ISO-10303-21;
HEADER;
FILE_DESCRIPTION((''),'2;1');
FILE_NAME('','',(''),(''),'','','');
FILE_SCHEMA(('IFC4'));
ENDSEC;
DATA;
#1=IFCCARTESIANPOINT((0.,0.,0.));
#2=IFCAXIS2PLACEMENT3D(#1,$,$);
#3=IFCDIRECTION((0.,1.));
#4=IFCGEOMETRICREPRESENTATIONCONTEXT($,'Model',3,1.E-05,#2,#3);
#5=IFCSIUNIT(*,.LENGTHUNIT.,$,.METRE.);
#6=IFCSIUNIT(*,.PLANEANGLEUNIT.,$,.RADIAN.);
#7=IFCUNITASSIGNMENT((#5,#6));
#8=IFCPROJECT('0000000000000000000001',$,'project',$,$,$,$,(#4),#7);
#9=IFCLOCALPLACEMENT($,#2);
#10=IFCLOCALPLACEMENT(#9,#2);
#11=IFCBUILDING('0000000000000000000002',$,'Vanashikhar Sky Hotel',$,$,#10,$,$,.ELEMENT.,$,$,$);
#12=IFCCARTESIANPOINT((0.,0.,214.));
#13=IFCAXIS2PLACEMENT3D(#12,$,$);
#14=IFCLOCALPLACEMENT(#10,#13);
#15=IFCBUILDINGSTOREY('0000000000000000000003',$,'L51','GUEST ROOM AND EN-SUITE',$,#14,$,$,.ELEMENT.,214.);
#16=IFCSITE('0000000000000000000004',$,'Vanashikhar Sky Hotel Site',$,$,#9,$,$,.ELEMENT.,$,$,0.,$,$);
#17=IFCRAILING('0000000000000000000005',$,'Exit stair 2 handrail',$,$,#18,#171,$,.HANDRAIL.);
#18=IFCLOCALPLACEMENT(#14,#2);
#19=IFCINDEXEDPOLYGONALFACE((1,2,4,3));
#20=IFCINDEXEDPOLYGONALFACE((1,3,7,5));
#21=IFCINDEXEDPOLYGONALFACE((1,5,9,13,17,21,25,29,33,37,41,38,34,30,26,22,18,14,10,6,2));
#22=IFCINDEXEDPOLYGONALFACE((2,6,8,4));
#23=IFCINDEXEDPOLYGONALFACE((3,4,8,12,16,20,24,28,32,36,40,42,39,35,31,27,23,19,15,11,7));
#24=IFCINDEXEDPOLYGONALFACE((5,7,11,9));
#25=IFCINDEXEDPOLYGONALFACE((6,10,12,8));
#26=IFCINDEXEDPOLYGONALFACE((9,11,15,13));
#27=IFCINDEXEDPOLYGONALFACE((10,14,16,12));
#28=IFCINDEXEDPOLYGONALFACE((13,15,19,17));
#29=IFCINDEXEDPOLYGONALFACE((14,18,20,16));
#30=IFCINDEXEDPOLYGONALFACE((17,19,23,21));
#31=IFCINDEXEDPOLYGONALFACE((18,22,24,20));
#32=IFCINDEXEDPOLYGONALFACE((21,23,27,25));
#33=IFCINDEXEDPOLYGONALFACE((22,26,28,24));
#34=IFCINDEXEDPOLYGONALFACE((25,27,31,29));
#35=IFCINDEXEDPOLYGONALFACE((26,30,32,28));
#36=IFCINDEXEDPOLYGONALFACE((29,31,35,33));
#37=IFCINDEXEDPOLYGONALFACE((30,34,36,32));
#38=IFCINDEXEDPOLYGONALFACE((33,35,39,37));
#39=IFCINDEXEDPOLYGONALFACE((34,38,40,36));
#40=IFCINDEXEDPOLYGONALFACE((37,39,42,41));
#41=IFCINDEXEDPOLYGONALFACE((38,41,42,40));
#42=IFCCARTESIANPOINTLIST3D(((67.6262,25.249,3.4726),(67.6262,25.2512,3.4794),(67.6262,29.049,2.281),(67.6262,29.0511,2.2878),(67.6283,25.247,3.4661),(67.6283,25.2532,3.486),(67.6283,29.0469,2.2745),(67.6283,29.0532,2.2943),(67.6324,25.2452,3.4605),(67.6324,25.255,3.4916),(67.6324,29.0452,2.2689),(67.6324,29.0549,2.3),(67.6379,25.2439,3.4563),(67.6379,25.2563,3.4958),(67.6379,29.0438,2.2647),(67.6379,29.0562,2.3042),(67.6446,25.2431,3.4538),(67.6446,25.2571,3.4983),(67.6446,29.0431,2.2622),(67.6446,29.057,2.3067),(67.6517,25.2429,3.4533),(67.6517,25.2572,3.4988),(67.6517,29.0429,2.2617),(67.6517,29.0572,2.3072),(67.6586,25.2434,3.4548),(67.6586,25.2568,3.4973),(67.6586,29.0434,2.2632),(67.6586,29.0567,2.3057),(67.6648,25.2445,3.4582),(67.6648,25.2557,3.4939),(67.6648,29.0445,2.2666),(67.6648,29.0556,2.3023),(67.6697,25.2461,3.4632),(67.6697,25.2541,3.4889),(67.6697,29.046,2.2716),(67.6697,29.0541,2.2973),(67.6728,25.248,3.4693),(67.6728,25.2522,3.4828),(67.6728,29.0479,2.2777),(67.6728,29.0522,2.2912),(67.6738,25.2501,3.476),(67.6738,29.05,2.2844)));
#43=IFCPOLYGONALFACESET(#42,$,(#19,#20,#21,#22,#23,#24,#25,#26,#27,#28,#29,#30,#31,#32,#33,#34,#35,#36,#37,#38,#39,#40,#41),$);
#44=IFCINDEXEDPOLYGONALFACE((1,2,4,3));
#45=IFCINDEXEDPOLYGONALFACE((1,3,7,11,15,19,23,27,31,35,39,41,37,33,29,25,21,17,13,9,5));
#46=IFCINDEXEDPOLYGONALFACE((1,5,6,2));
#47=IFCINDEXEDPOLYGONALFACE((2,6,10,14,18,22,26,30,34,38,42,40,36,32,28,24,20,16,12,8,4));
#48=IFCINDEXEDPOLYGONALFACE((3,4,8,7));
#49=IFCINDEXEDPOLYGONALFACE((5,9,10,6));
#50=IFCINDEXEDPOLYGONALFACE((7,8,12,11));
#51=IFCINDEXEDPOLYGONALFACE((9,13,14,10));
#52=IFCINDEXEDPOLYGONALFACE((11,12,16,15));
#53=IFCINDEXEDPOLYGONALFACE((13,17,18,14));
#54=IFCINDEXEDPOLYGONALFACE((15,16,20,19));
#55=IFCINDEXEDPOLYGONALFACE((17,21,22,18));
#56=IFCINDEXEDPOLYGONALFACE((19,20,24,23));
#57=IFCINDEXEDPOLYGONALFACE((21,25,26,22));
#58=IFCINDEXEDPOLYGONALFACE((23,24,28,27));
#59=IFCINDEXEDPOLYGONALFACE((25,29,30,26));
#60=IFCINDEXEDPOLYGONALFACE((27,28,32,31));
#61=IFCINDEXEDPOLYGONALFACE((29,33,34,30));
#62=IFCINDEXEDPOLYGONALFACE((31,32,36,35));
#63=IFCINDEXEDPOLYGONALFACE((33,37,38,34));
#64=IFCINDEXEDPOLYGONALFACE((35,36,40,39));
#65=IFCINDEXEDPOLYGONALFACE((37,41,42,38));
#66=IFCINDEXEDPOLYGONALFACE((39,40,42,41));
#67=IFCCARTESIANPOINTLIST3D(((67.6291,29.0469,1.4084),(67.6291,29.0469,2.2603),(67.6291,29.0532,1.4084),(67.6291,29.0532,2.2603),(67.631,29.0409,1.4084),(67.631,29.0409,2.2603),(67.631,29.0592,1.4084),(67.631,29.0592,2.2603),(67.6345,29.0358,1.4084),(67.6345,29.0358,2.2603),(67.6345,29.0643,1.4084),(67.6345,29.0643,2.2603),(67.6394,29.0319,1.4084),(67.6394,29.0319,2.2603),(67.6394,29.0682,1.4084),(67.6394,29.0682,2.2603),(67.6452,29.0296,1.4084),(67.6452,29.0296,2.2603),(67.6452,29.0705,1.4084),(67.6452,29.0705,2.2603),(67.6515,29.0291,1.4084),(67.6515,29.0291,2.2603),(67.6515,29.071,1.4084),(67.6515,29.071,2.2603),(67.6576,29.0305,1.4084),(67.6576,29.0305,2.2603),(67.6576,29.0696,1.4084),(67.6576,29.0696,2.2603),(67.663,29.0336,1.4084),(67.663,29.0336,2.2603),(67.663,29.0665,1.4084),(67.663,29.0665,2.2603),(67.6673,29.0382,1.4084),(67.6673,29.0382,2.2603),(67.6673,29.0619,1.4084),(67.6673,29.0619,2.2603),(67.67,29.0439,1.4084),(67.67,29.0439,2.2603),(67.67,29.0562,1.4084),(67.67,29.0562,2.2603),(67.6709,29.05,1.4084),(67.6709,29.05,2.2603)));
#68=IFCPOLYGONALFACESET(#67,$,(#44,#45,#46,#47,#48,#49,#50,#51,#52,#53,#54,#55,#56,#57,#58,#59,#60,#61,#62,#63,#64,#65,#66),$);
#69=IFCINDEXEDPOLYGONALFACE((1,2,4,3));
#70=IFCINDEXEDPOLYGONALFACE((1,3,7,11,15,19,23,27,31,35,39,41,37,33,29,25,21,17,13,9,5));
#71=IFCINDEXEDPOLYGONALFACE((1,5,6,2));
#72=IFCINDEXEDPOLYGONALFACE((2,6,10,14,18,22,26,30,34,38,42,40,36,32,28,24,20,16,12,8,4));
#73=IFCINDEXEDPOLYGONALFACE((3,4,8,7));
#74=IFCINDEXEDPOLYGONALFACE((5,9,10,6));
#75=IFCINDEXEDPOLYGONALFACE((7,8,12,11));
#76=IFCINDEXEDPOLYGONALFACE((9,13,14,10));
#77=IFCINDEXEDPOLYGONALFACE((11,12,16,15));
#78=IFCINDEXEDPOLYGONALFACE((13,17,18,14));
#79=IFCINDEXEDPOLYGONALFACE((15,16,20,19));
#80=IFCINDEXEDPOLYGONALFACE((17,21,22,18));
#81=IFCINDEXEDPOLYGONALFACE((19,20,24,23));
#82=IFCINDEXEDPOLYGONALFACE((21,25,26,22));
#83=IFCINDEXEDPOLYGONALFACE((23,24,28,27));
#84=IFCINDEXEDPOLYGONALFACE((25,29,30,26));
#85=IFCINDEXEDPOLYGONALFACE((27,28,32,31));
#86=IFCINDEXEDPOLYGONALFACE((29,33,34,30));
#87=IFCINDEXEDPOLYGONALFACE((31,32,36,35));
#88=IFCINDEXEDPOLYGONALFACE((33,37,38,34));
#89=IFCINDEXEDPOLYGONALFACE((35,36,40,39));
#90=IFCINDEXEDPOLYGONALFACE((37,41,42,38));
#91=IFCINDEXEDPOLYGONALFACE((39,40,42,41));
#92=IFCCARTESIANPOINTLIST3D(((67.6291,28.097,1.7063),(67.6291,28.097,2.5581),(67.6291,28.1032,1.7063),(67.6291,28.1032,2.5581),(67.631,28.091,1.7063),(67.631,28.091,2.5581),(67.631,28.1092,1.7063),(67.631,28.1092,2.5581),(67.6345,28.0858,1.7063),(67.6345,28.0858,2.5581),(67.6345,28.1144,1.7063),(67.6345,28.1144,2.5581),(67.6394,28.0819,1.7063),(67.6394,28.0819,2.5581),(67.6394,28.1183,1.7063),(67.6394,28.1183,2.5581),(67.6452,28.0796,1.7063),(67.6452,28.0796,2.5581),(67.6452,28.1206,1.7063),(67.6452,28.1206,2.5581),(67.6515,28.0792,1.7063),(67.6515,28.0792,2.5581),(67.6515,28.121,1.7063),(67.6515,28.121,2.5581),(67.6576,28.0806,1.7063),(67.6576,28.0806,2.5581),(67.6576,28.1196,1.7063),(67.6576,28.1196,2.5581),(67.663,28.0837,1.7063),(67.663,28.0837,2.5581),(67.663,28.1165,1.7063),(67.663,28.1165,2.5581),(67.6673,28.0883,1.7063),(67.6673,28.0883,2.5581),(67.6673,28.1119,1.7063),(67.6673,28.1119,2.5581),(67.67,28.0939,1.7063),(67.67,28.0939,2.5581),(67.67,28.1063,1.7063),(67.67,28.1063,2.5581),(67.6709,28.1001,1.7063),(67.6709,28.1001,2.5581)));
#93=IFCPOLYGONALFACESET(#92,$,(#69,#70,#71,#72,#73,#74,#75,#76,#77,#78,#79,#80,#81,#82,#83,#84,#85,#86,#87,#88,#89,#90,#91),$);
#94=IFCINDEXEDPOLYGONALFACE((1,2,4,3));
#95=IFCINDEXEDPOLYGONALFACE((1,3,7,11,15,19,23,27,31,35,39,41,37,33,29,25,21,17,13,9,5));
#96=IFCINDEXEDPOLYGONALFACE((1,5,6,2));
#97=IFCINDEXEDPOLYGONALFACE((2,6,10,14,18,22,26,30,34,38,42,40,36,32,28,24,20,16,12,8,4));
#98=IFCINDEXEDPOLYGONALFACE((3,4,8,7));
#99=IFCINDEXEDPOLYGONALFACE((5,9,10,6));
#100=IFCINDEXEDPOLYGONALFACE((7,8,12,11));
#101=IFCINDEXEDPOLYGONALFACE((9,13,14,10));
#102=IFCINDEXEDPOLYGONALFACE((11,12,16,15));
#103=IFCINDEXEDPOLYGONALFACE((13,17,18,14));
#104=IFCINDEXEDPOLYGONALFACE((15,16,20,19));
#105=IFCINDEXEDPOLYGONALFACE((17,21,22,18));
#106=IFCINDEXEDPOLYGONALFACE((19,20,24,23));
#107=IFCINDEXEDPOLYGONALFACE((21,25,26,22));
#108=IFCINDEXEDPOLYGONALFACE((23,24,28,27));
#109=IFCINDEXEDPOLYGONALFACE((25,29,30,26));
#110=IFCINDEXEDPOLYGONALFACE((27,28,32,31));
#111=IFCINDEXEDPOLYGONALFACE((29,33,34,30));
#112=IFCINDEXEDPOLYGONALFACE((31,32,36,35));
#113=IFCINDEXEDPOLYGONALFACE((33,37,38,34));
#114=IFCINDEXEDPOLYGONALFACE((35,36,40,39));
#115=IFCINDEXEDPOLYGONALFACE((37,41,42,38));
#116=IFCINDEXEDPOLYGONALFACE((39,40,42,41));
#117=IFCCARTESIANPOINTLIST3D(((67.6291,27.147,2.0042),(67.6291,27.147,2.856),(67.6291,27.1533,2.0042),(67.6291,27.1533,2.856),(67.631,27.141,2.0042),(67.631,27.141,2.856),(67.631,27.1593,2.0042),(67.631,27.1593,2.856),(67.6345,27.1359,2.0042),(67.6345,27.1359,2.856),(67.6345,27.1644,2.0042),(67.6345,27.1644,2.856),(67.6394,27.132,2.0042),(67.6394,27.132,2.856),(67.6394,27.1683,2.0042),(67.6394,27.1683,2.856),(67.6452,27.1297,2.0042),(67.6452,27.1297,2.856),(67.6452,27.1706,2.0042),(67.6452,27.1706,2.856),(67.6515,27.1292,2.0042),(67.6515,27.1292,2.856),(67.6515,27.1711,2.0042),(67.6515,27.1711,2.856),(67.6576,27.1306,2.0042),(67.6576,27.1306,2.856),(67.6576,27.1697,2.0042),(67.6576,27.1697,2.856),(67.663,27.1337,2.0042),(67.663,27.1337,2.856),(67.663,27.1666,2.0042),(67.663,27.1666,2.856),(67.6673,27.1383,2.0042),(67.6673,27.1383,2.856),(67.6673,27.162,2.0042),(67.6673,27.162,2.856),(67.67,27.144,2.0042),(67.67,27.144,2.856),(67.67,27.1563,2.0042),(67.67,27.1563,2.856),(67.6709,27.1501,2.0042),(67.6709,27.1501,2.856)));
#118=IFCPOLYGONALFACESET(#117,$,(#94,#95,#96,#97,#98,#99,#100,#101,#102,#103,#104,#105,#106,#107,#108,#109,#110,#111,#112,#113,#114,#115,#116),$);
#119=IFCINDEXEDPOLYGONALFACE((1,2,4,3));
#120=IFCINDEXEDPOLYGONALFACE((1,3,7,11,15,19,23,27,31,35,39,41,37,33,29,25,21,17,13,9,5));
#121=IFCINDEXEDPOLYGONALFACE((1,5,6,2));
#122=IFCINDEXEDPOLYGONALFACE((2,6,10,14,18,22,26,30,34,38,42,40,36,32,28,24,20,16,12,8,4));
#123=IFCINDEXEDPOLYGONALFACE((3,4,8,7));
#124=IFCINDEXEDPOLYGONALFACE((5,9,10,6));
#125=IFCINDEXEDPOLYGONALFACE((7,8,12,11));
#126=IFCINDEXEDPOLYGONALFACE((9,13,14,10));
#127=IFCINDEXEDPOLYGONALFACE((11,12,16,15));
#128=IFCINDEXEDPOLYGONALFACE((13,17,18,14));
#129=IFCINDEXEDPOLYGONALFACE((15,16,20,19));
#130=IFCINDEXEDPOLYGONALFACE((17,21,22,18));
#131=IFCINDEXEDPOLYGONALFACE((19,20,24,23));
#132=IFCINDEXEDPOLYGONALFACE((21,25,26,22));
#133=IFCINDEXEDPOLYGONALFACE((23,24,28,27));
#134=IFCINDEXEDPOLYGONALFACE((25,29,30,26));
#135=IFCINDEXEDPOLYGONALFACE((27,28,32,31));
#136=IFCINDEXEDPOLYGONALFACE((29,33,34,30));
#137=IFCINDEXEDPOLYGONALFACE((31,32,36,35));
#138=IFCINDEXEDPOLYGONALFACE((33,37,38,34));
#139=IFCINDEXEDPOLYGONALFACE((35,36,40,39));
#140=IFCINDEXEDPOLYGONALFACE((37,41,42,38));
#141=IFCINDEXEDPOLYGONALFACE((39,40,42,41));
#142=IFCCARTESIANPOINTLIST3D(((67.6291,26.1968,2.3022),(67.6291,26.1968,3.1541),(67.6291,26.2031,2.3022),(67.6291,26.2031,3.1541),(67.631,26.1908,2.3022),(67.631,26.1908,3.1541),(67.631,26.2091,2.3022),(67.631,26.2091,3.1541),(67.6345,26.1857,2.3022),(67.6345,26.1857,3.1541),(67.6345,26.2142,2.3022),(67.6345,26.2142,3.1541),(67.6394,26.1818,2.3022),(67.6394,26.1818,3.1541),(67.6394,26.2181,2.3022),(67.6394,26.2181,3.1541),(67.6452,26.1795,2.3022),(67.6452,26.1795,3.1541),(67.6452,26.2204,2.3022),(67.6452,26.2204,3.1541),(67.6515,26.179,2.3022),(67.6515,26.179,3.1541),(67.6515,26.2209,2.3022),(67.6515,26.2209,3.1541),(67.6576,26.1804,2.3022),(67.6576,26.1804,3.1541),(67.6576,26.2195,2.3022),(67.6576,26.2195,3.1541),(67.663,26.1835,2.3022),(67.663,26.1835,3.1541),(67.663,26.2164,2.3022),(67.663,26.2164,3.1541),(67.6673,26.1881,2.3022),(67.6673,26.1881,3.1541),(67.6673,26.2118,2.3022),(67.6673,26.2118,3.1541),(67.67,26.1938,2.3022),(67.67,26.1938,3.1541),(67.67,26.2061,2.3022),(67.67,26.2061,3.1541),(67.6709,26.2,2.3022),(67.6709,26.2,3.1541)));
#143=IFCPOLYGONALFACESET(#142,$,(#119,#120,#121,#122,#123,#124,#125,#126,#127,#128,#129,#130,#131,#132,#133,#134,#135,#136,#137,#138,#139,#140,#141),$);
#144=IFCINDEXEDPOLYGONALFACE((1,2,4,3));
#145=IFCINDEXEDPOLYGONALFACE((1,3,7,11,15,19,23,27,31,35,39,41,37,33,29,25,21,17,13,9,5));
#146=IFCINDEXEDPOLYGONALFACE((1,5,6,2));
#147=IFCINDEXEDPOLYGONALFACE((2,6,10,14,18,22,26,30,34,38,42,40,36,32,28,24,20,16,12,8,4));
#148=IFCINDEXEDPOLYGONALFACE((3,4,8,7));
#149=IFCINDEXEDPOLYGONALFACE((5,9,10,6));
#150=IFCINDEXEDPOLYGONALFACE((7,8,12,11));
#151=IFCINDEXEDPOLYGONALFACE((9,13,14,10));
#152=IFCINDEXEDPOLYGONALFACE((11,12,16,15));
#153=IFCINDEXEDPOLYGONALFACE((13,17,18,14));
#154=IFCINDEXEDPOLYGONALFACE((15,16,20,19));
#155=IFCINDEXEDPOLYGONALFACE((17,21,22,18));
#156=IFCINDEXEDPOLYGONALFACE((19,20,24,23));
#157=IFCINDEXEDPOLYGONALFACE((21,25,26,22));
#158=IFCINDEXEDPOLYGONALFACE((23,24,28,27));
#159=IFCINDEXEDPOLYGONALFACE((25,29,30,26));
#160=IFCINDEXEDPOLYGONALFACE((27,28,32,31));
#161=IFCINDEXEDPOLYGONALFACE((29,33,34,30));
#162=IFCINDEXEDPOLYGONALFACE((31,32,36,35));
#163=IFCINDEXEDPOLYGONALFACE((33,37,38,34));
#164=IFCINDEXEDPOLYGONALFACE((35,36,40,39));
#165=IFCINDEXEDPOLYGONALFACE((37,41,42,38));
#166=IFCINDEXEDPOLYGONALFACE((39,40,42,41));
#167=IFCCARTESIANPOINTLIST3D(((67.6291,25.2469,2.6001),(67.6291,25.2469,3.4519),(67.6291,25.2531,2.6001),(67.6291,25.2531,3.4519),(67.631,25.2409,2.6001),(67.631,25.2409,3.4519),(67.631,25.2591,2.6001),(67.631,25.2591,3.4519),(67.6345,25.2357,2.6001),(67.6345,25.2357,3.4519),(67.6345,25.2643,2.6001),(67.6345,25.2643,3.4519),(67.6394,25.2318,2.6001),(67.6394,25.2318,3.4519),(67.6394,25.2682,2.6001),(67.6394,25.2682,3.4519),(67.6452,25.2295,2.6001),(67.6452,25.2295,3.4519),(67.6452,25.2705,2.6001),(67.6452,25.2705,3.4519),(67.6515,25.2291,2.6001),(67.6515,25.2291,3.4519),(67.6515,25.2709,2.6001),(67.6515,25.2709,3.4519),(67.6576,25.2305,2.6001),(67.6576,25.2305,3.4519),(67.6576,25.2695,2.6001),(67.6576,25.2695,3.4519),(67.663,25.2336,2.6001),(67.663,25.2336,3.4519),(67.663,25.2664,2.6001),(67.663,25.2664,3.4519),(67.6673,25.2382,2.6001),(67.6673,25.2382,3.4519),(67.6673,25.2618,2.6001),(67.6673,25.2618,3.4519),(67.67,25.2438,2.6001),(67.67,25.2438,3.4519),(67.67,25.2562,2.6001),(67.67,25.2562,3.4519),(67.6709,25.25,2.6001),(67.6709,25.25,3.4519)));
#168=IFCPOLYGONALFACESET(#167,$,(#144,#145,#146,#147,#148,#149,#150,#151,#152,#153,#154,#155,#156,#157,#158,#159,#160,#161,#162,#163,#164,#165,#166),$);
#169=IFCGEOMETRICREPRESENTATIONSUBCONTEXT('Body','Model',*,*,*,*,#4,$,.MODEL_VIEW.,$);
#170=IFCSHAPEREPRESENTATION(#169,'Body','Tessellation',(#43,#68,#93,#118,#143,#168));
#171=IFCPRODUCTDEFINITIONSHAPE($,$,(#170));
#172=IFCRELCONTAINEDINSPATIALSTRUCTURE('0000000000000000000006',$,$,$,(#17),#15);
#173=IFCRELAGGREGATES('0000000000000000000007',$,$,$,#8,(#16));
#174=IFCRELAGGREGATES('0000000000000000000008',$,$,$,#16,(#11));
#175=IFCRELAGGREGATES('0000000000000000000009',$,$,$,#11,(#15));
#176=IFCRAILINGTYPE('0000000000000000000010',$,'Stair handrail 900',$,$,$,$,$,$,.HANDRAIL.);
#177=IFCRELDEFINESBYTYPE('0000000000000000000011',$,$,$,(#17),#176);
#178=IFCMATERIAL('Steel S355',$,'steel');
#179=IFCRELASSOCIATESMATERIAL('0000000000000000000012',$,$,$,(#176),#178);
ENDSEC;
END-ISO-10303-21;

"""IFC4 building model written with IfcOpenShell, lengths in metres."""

from ifc_helpers import new_model, si_unit, direction, frame, origin, origin_2d, place, context, subcontext, project, spatial, circle, extrude, source, transform, mapped, material, type_object, element, save


model = new_model("IFC4")

# Units and contexts
model_context = context("Model", 3, precision=1e-05, world=origin(), true_north=direction((0.0, 1.0)))
body_context = subcontext(model_context, "Body", "Model", "MODEL_VIEW")
ifc_project = project(units=[si_unit("LENGTHUNIT", "METRE"), si_unit("PLANEANGLEUNIT", "RADIAN")], contexts=[model_context])

# Site, building, storey
site_placement = place(None, origin())
site = spatial("IfcSite", under=ifc_project, at=site_placement, Name="Vanashikhar Sky Hotel Site", CompositionType="ELEMENT", RefElevation=0.0)
building_placement = place(site_placement, origin())
building = spatial("IfcBuilding", under=site, at=building_placement, Name="Vanashikhar Sky Hotel", CompositionType="ELEMENT")
storey_placement = place(building_placement, frame((0.0, 0.0, 214.0)))
storey = spatial("IfcBuildingStorey", under=building, at=storey_placement, Name="L51", Description="GUEST ROOM AND EN-SUITE", CompositionType="ELEMENT", Elevation=214.0)

# Railing
ifc_material_1 = material(Name="Steel S355", Category="steel")
railing_type_1 = type_object("IfcRailingType", Name="Stair handrail 900", PredefinedType="HANDRAIL", material=ifc_material_1)
shared_shape_1 = source(origin(), body_context, "Body", "SweptSolid", [
    extrude(circle(Radius=0.0239, at=origin_2d()), frame((0.0, 0.0, 0.876), z_axis=(0.0, -0.954184, 0.299221), x_axis=(1.0, 0.0, 0.0)), (0.0, 0.0, 1.0), 3.9824),
    extrude(circle(Radius=0.021, at=origin_2d()), origin(), (0.0, 0.0, 1.0), 0.8518),
    extrude(circle(Radius=0.021, at=origin_2d()), frame((0.0, -0.95, 0.2979)), (0.0, 0.0, 1.0), 0.8518),
    extrude(circle(Radius=0.021, at=origin_2d()), frame((0.0, -1.8999, 0.5957)), (0.0, 0.0, 1.0), 0.8518),
    extrude(circle(Radius=0.021, at=origin_2d()), frame((0.0, -2.8501, 0.8938)), (0.0, 0.0, 1.0), 0.8518),
    extrude(circle(Radius=0.021, at=origin_2d()), frame((0.0, -3.8, 1.1917)), (0.0, 0.0, 1.0), 0.8518),
])
railing_1_placement = place(storey_placement, frame((67.6499, 29.05, 1.4084)))
element("IfcRailing", 1, at=railing_1_placement, inside=storey, type_object=railing_type_1, Name="Exit stair 2 handrail", PredefinedType="HANDRAIL", context=body_context, shape_type="MappedRepresentation", body=[
    mapped(shared_shape_1, transform((0.0, 0.0, 0.0), scale=1.0)),
])

save(model, "model.ifc")
